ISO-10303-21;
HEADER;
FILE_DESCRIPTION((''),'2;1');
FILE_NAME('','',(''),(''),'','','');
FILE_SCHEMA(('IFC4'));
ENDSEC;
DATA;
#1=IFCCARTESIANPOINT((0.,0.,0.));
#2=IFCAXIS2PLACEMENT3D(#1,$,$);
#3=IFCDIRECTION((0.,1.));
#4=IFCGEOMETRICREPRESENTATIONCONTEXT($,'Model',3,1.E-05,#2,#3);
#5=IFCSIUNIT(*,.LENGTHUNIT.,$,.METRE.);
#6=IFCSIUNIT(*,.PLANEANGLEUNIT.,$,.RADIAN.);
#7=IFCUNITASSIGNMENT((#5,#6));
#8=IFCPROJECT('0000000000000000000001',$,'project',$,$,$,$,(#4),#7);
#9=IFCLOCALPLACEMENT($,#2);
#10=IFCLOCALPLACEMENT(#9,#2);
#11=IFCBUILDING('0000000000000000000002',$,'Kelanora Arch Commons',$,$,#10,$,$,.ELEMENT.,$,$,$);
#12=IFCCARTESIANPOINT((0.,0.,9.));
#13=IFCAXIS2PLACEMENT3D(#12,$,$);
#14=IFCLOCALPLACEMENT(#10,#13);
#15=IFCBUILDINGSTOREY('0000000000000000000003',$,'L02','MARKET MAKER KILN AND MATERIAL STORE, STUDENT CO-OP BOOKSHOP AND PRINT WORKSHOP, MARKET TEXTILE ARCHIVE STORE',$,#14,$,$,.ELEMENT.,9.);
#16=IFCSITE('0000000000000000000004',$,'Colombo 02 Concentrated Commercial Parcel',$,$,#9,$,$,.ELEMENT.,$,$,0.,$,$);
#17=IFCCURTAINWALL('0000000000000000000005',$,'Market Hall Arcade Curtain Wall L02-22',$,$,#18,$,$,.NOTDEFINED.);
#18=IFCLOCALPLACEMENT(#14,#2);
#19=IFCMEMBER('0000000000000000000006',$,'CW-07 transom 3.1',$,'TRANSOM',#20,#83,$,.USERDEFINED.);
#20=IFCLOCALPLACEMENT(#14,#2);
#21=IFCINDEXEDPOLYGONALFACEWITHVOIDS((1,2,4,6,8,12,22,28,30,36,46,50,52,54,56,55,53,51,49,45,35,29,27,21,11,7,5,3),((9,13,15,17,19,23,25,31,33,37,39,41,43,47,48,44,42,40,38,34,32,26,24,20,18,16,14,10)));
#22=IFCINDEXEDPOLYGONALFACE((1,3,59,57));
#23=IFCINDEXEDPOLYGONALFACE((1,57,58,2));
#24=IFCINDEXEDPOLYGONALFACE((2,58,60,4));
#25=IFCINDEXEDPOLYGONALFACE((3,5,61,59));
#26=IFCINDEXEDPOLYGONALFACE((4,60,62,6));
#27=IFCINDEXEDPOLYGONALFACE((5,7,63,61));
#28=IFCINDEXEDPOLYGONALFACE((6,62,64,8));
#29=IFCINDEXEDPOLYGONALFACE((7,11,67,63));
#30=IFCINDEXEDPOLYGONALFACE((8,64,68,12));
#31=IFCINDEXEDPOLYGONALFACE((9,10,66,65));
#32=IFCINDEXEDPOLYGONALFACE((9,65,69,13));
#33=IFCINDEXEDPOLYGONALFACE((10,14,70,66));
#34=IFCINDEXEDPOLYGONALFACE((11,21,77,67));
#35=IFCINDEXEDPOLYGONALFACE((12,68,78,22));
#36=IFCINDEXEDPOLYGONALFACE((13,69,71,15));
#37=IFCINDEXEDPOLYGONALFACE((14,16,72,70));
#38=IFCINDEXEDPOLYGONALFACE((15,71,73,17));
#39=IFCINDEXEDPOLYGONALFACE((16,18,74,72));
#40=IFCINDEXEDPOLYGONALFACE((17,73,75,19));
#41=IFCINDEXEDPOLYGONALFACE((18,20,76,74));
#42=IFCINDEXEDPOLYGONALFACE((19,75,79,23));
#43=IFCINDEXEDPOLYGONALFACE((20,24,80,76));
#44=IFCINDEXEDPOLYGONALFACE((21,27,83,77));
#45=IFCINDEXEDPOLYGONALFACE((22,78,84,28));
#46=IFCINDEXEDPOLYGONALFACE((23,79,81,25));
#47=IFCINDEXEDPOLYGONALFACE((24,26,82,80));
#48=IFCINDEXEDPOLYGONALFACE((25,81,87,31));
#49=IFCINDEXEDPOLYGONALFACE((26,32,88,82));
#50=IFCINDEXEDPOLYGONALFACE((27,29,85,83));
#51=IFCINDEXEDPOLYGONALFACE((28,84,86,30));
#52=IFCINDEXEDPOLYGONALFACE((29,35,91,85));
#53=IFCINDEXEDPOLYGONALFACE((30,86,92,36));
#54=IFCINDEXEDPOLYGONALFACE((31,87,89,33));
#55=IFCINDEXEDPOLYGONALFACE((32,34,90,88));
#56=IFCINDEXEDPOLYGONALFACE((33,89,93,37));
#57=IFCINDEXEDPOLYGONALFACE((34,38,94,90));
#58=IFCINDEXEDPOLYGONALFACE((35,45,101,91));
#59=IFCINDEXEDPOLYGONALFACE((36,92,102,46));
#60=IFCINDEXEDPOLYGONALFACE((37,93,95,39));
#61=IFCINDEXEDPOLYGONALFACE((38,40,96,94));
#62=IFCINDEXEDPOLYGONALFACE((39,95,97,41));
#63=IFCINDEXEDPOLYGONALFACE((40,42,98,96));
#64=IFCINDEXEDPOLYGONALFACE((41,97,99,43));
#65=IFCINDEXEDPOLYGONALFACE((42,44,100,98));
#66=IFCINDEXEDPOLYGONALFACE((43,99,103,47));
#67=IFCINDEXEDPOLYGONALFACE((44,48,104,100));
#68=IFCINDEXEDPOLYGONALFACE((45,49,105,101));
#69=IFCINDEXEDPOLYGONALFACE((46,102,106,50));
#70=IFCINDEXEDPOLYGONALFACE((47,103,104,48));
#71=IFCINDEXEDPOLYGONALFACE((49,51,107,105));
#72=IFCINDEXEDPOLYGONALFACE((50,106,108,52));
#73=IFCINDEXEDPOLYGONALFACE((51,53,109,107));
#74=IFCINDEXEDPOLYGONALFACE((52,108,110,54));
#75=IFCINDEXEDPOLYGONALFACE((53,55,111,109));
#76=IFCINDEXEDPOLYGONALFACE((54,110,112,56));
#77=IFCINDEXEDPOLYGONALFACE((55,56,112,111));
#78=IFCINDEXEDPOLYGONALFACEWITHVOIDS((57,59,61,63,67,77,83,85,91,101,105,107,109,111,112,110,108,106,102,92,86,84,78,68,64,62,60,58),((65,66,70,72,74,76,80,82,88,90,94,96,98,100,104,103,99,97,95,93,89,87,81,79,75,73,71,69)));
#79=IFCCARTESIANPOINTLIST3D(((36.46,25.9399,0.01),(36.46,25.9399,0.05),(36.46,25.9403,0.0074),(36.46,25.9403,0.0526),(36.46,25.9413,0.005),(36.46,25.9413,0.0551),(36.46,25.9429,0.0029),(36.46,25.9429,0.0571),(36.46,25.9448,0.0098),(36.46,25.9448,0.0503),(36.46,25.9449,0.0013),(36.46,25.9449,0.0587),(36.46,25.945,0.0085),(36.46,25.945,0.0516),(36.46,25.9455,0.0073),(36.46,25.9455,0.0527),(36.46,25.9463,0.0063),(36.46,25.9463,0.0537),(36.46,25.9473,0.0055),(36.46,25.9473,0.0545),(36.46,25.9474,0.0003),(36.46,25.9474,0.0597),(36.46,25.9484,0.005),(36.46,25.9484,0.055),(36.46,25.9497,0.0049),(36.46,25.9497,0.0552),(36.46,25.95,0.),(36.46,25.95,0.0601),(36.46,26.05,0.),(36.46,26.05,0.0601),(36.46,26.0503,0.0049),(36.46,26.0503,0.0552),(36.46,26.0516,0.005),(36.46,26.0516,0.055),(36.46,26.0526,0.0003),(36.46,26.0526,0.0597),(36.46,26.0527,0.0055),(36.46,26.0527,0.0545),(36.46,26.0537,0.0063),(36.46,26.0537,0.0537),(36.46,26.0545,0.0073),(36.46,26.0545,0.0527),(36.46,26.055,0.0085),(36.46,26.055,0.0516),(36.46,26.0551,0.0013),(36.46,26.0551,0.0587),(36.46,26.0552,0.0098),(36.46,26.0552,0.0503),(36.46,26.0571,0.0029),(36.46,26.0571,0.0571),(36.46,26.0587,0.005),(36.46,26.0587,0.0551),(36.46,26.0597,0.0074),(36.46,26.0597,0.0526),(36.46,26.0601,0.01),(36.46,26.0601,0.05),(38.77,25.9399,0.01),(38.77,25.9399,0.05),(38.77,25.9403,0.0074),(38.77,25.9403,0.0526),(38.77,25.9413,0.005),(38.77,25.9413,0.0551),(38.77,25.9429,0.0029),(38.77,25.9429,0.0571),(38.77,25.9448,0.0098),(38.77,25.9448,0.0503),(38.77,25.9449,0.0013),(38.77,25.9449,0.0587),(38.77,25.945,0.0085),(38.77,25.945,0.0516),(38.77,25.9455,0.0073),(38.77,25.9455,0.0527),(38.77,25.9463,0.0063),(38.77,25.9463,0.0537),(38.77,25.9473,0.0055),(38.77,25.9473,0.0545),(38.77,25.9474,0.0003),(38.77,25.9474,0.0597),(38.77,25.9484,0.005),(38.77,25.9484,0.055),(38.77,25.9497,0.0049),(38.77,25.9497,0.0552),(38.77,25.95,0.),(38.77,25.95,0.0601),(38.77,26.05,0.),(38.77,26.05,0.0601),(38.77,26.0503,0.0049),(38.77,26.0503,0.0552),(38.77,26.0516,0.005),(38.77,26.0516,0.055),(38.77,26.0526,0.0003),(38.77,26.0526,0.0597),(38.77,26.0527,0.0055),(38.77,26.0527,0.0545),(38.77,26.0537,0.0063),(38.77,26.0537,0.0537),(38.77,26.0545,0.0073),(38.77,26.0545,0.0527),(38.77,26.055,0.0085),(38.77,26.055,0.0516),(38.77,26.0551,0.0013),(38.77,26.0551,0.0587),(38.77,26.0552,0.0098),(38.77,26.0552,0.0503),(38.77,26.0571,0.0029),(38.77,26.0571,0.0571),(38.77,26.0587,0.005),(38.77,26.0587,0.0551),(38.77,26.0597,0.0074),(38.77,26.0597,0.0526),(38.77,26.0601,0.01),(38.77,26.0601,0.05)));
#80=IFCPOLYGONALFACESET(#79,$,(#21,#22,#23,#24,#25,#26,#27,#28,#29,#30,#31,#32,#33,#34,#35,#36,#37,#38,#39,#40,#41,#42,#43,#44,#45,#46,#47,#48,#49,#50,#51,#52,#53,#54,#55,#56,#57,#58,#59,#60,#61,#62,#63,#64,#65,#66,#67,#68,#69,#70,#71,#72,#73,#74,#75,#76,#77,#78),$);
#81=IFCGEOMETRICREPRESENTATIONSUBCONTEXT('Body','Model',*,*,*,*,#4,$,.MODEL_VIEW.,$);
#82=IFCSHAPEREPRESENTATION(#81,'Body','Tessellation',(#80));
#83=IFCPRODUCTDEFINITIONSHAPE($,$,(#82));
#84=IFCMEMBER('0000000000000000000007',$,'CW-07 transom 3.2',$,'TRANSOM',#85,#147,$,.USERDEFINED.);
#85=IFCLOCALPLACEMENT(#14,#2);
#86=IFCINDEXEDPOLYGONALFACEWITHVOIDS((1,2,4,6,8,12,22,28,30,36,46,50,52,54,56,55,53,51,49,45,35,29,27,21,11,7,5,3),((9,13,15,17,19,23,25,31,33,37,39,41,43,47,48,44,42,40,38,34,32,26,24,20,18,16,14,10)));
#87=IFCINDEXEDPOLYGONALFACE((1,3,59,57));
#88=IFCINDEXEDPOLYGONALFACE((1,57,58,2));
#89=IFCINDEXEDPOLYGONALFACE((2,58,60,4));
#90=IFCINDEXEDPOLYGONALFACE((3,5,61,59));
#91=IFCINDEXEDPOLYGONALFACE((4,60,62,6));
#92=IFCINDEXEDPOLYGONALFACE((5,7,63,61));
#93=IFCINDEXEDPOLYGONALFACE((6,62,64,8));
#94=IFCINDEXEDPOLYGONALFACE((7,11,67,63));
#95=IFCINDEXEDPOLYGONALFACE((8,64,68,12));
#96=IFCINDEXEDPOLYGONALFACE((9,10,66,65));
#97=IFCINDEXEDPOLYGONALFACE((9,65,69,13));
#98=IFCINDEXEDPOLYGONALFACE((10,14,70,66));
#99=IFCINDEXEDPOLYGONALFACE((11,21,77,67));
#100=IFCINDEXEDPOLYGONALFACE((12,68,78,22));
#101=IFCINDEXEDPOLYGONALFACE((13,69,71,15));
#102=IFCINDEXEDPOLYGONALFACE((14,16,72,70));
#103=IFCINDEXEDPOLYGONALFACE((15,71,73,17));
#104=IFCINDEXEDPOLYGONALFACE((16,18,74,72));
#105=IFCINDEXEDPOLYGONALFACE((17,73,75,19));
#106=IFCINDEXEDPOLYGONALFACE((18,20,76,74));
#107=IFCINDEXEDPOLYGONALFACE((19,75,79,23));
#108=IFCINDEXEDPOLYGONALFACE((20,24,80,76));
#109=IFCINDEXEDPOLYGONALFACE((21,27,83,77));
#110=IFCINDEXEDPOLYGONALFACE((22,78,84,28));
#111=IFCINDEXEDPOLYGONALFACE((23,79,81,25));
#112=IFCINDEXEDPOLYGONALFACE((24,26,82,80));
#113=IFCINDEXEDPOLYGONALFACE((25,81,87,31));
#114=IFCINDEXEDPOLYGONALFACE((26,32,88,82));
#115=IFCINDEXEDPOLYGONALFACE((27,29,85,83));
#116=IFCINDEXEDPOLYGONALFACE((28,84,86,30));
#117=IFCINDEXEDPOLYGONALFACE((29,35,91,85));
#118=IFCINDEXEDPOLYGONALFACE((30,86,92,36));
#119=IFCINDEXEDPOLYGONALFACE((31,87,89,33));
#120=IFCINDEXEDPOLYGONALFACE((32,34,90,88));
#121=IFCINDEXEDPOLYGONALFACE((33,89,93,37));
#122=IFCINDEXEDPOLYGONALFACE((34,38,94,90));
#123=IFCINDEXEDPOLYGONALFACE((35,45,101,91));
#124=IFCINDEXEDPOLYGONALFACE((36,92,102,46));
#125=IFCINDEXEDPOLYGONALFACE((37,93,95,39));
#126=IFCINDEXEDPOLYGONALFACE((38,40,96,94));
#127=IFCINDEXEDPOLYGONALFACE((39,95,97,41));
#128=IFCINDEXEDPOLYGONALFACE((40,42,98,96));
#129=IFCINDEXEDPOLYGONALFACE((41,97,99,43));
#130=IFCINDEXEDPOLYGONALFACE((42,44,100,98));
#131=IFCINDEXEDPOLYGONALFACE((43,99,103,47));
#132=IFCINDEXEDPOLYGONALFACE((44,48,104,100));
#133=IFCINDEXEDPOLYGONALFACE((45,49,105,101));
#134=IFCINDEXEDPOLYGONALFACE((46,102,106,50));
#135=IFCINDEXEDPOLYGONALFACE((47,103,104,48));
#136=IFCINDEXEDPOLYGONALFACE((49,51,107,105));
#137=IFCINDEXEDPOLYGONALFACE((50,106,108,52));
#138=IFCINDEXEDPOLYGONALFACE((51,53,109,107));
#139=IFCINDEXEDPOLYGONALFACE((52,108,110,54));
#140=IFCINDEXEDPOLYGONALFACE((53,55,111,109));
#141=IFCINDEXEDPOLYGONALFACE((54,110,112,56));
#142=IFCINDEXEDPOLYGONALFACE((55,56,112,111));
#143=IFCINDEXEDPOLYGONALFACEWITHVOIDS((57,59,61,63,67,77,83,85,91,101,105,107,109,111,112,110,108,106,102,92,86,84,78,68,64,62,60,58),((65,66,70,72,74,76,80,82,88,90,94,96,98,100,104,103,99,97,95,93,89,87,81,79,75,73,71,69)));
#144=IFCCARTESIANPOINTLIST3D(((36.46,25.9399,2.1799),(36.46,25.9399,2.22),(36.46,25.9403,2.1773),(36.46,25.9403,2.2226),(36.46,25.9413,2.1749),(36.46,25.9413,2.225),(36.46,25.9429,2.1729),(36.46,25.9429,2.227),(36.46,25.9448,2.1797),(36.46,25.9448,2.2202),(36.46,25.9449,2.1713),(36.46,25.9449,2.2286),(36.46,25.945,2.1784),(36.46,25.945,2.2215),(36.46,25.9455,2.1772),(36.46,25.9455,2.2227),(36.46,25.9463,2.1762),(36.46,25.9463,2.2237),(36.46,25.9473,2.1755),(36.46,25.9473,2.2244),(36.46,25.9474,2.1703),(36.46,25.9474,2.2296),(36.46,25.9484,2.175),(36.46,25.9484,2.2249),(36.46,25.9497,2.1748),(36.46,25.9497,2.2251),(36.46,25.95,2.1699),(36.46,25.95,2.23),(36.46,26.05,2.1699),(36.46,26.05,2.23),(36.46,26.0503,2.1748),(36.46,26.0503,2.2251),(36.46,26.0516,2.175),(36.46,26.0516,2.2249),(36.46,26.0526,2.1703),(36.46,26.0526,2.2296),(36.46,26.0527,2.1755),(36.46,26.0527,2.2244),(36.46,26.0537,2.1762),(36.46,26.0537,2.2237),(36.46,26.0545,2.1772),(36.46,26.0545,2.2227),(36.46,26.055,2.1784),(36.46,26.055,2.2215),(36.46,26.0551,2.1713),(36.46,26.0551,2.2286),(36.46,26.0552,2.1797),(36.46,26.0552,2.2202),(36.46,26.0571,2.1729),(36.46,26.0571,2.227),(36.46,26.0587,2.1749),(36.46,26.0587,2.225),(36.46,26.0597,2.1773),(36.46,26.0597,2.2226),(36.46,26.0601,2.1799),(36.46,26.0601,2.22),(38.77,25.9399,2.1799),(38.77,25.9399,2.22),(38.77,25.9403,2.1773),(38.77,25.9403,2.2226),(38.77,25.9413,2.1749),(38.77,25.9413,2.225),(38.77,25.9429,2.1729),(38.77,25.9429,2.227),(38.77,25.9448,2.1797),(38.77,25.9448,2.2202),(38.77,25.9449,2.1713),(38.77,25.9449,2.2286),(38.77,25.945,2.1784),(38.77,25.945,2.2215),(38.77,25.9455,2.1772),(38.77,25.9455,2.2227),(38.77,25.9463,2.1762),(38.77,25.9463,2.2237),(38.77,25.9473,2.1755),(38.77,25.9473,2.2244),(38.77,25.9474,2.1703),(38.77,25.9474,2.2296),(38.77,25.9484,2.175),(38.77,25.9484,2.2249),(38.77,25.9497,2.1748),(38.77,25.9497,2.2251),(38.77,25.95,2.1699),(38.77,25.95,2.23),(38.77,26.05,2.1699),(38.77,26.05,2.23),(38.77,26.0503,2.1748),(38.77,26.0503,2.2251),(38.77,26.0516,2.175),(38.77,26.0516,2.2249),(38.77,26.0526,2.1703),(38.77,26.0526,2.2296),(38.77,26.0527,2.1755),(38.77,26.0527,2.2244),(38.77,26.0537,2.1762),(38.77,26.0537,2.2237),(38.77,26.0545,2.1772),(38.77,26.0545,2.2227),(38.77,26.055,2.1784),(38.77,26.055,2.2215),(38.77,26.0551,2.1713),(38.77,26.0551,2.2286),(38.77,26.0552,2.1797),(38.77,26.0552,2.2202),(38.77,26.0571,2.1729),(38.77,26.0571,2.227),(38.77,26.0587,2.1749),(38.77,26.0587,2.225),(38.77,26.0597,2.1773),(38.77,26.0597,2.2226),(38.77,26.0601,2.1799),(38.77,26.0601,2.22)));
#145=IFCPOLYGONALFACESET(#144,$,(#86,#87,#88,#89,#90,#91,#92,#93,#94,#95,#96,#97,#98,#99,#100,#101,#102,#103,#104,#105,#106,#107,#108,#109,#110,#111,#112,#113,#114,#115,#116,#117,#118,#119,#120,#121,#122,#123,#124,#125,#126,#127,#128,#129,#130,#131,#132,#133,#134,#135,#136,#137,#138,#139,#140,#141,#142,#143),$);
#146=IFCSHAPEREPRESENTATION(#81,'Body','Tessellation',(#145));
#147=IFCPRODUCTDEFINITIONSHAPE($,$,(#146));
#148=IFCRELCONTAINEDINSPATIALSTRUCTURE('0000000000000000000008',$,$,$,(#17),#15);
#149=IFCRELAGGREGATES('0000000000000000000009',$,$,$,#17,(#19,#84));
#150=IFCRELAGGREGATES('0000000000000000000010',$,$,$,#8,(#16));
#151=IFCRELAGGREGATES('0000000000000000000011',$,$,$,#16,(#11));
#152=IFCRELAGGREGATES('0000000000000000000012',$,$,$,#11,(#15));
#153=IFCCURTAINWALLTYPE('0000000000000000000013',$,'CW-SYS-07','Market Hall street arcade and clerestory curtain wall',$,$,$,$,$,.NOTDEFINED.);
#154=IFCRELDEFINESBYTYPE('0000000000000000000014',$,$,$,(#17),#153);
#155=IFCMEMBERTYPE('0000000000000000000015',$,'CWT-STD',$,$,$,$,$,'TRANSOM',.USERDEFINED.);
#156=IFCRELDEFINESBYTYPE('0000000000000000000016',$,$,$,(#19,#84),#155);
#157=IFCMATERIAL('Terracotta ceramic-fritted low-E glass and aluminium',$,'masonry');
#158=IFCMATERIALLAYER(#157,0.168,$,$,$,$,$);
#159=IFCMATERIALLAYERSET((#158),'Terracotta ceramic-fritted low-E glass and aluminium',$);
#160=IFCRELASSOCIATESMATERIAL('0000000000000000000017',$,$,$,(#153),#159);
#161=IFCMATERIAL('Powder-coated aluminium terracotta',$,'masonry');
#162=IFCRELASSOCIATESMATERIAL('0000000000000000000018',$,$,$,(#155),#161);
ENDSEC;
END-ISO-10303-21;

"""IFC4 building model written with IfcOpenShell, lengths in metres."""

from ifc_helpers import new_model, si_unit, direction, frame, origin, origin_2d, place, context, subcontext, project, spatial, hollow_rectangle, extrude, material, layer, layer_set, material_profile, profile_set, type_object, element, aggregate, save


model = new_model("IFC4")

# Units and contexts
model_context = context("Model", 3, precision=1e-05, world=origin(), true_north=direction((0.0, 1.0)))
body_context = subcontext(model_context, "Body", "Model", "MODEL_VIEW")
ifc_project = project(units=[si_unit("LENGTHUNIT", "METRE"), si_unit("PLANEANGLEUNIT", "RADIAN")], contexts=[model_context])

# Site, building, storey
site_placement = place(None, origin())
site = spatial("IfcSite", under=ifc_project, at=site_placement, Name="Colombo 02 Concentrated Commercial Parcel", CompositionType="ELEMENT", RefElevation=0.0)
building_placement = place(site_placement, origin())
building = spatial("IfcBuilding", under=site, at=building_placement, Name="Kelanora Arch Commons", CompositionType="ELEMENT")
storey_placement = place(building_placement, frame((0.0, 0.0, 9.0)))
storey = spatial("IfcBuildingStorey", under=building, at=storey_placement, Name="L02", Description="MARKET MAKER KILN AND MATERIAL STORE, STUDENT CO-OP BOOKSHOP AND PRINT WORKSHOP, MARKET TEXTILE ARCHIVE STORE", CompositionType="ELEMENT", Elevation=9.0)

# Curtain wall, members
ifc_material_1 = material(Name="Terracotta ceramic-fritted low-E glass and aluminium", Category="masonry")
ifc_layer_1 = layer(ifc_material_1, 0.168)
ifc_layer_set_1 = layer_set([ifc_layer_1], Name="Terracotta ceramic-fritted low-E glass and aluminium")
curtain_wall_type = type_object("IfcCurtainWallType", Name="CW-SYS-07", Description="Market Hall street arcade and clerestory curtain wall", PredefinedType="NOTDEFINED", material=ifc_layer_set_1)
curtain_wall_placement = place(storey_placement, origin())
curtain_wall = element("IfcCurtainWall", 1, at=curtain_wall_placement, inside=storey, type_object=curtain_wall_type, Name="Market Hall Arcade Curtain Wall L02-22", PredefinedType="NOTDEFINED")
ifc_material_2 = material(Name="Powder-coated aluminium terracotta", Category="masonry")
ifc_material_profile_1 = material_profile(ifc_material_2, hollow_rectangle(XDim=0.1201, YDim=0.0601, WallThickness=0.0049, InnerFilletRadius=0.0049, OuterFilletRadius=0.01, at=origin_2d()), Name="CWT120x60")
ifc_profile_set_1 = profile_set([ifc_material_profile_1], Name="Powder-coated aluminium terracotta")
member_type_1 = type_object("IfcMemberType", Name="CWT-STD", ElementType="TRANSOM", PredefinedType="USERDEFINED", material=ifc_profile_set_1)
member_1_placement = place(storey_placement, frame((38.77, 26.0, 0.03), z_axis=(-1.0, 0.0, 0.0), x_axis=(0.0, -1.0, 0.0)))
member_1 = element("IfcMember", 2, at=member_1_placement, type_object=member_type_1, Name="CW-07 transom 3.1", ObjectType="TRANSOM", PredefinedType="USERDEFINED", context=body_context, shape_type="SweptSolid", body=[
    extrude(hollow_rectangle(XDim=0.1201, YDim=0.0601, WallThickness=0.0049, InnerFilletRadius=0.0049, OuterFilletRadius=0.01, at=origin_2d()), origin(), (0.0, 0.0, 1.0), 2.3101),
])
member_2_placement = place(storey_placement, frame((38.77, 26.0, 2.2), z_axis=(-1.0, 0.0, 0.0), x_axis=(0.0, -1.0, 0.0)))
member_2 = element("IfcMember", 3, at=member_2_placement, type_object=member_type_1, Name="CW-07 transom 3.2", ObjectType="TRANSOM", PredefinedType="USERDEFINED", context=body_context, shape_type="SweptSolid", body=[
    extrude(hollow_rectangle(XDim=0.1201, YDim=0.0601, WallThickness=0.0049, InnerFilletRadius=0.0049, OuterFilletRadius=0.01, at=origin_2d()), origin(), (0.0, 0.0, 1.0), 2.3101),
])
aggregate(curtain_wall, [member_1, member_2])

save(model, "model.ifc")
